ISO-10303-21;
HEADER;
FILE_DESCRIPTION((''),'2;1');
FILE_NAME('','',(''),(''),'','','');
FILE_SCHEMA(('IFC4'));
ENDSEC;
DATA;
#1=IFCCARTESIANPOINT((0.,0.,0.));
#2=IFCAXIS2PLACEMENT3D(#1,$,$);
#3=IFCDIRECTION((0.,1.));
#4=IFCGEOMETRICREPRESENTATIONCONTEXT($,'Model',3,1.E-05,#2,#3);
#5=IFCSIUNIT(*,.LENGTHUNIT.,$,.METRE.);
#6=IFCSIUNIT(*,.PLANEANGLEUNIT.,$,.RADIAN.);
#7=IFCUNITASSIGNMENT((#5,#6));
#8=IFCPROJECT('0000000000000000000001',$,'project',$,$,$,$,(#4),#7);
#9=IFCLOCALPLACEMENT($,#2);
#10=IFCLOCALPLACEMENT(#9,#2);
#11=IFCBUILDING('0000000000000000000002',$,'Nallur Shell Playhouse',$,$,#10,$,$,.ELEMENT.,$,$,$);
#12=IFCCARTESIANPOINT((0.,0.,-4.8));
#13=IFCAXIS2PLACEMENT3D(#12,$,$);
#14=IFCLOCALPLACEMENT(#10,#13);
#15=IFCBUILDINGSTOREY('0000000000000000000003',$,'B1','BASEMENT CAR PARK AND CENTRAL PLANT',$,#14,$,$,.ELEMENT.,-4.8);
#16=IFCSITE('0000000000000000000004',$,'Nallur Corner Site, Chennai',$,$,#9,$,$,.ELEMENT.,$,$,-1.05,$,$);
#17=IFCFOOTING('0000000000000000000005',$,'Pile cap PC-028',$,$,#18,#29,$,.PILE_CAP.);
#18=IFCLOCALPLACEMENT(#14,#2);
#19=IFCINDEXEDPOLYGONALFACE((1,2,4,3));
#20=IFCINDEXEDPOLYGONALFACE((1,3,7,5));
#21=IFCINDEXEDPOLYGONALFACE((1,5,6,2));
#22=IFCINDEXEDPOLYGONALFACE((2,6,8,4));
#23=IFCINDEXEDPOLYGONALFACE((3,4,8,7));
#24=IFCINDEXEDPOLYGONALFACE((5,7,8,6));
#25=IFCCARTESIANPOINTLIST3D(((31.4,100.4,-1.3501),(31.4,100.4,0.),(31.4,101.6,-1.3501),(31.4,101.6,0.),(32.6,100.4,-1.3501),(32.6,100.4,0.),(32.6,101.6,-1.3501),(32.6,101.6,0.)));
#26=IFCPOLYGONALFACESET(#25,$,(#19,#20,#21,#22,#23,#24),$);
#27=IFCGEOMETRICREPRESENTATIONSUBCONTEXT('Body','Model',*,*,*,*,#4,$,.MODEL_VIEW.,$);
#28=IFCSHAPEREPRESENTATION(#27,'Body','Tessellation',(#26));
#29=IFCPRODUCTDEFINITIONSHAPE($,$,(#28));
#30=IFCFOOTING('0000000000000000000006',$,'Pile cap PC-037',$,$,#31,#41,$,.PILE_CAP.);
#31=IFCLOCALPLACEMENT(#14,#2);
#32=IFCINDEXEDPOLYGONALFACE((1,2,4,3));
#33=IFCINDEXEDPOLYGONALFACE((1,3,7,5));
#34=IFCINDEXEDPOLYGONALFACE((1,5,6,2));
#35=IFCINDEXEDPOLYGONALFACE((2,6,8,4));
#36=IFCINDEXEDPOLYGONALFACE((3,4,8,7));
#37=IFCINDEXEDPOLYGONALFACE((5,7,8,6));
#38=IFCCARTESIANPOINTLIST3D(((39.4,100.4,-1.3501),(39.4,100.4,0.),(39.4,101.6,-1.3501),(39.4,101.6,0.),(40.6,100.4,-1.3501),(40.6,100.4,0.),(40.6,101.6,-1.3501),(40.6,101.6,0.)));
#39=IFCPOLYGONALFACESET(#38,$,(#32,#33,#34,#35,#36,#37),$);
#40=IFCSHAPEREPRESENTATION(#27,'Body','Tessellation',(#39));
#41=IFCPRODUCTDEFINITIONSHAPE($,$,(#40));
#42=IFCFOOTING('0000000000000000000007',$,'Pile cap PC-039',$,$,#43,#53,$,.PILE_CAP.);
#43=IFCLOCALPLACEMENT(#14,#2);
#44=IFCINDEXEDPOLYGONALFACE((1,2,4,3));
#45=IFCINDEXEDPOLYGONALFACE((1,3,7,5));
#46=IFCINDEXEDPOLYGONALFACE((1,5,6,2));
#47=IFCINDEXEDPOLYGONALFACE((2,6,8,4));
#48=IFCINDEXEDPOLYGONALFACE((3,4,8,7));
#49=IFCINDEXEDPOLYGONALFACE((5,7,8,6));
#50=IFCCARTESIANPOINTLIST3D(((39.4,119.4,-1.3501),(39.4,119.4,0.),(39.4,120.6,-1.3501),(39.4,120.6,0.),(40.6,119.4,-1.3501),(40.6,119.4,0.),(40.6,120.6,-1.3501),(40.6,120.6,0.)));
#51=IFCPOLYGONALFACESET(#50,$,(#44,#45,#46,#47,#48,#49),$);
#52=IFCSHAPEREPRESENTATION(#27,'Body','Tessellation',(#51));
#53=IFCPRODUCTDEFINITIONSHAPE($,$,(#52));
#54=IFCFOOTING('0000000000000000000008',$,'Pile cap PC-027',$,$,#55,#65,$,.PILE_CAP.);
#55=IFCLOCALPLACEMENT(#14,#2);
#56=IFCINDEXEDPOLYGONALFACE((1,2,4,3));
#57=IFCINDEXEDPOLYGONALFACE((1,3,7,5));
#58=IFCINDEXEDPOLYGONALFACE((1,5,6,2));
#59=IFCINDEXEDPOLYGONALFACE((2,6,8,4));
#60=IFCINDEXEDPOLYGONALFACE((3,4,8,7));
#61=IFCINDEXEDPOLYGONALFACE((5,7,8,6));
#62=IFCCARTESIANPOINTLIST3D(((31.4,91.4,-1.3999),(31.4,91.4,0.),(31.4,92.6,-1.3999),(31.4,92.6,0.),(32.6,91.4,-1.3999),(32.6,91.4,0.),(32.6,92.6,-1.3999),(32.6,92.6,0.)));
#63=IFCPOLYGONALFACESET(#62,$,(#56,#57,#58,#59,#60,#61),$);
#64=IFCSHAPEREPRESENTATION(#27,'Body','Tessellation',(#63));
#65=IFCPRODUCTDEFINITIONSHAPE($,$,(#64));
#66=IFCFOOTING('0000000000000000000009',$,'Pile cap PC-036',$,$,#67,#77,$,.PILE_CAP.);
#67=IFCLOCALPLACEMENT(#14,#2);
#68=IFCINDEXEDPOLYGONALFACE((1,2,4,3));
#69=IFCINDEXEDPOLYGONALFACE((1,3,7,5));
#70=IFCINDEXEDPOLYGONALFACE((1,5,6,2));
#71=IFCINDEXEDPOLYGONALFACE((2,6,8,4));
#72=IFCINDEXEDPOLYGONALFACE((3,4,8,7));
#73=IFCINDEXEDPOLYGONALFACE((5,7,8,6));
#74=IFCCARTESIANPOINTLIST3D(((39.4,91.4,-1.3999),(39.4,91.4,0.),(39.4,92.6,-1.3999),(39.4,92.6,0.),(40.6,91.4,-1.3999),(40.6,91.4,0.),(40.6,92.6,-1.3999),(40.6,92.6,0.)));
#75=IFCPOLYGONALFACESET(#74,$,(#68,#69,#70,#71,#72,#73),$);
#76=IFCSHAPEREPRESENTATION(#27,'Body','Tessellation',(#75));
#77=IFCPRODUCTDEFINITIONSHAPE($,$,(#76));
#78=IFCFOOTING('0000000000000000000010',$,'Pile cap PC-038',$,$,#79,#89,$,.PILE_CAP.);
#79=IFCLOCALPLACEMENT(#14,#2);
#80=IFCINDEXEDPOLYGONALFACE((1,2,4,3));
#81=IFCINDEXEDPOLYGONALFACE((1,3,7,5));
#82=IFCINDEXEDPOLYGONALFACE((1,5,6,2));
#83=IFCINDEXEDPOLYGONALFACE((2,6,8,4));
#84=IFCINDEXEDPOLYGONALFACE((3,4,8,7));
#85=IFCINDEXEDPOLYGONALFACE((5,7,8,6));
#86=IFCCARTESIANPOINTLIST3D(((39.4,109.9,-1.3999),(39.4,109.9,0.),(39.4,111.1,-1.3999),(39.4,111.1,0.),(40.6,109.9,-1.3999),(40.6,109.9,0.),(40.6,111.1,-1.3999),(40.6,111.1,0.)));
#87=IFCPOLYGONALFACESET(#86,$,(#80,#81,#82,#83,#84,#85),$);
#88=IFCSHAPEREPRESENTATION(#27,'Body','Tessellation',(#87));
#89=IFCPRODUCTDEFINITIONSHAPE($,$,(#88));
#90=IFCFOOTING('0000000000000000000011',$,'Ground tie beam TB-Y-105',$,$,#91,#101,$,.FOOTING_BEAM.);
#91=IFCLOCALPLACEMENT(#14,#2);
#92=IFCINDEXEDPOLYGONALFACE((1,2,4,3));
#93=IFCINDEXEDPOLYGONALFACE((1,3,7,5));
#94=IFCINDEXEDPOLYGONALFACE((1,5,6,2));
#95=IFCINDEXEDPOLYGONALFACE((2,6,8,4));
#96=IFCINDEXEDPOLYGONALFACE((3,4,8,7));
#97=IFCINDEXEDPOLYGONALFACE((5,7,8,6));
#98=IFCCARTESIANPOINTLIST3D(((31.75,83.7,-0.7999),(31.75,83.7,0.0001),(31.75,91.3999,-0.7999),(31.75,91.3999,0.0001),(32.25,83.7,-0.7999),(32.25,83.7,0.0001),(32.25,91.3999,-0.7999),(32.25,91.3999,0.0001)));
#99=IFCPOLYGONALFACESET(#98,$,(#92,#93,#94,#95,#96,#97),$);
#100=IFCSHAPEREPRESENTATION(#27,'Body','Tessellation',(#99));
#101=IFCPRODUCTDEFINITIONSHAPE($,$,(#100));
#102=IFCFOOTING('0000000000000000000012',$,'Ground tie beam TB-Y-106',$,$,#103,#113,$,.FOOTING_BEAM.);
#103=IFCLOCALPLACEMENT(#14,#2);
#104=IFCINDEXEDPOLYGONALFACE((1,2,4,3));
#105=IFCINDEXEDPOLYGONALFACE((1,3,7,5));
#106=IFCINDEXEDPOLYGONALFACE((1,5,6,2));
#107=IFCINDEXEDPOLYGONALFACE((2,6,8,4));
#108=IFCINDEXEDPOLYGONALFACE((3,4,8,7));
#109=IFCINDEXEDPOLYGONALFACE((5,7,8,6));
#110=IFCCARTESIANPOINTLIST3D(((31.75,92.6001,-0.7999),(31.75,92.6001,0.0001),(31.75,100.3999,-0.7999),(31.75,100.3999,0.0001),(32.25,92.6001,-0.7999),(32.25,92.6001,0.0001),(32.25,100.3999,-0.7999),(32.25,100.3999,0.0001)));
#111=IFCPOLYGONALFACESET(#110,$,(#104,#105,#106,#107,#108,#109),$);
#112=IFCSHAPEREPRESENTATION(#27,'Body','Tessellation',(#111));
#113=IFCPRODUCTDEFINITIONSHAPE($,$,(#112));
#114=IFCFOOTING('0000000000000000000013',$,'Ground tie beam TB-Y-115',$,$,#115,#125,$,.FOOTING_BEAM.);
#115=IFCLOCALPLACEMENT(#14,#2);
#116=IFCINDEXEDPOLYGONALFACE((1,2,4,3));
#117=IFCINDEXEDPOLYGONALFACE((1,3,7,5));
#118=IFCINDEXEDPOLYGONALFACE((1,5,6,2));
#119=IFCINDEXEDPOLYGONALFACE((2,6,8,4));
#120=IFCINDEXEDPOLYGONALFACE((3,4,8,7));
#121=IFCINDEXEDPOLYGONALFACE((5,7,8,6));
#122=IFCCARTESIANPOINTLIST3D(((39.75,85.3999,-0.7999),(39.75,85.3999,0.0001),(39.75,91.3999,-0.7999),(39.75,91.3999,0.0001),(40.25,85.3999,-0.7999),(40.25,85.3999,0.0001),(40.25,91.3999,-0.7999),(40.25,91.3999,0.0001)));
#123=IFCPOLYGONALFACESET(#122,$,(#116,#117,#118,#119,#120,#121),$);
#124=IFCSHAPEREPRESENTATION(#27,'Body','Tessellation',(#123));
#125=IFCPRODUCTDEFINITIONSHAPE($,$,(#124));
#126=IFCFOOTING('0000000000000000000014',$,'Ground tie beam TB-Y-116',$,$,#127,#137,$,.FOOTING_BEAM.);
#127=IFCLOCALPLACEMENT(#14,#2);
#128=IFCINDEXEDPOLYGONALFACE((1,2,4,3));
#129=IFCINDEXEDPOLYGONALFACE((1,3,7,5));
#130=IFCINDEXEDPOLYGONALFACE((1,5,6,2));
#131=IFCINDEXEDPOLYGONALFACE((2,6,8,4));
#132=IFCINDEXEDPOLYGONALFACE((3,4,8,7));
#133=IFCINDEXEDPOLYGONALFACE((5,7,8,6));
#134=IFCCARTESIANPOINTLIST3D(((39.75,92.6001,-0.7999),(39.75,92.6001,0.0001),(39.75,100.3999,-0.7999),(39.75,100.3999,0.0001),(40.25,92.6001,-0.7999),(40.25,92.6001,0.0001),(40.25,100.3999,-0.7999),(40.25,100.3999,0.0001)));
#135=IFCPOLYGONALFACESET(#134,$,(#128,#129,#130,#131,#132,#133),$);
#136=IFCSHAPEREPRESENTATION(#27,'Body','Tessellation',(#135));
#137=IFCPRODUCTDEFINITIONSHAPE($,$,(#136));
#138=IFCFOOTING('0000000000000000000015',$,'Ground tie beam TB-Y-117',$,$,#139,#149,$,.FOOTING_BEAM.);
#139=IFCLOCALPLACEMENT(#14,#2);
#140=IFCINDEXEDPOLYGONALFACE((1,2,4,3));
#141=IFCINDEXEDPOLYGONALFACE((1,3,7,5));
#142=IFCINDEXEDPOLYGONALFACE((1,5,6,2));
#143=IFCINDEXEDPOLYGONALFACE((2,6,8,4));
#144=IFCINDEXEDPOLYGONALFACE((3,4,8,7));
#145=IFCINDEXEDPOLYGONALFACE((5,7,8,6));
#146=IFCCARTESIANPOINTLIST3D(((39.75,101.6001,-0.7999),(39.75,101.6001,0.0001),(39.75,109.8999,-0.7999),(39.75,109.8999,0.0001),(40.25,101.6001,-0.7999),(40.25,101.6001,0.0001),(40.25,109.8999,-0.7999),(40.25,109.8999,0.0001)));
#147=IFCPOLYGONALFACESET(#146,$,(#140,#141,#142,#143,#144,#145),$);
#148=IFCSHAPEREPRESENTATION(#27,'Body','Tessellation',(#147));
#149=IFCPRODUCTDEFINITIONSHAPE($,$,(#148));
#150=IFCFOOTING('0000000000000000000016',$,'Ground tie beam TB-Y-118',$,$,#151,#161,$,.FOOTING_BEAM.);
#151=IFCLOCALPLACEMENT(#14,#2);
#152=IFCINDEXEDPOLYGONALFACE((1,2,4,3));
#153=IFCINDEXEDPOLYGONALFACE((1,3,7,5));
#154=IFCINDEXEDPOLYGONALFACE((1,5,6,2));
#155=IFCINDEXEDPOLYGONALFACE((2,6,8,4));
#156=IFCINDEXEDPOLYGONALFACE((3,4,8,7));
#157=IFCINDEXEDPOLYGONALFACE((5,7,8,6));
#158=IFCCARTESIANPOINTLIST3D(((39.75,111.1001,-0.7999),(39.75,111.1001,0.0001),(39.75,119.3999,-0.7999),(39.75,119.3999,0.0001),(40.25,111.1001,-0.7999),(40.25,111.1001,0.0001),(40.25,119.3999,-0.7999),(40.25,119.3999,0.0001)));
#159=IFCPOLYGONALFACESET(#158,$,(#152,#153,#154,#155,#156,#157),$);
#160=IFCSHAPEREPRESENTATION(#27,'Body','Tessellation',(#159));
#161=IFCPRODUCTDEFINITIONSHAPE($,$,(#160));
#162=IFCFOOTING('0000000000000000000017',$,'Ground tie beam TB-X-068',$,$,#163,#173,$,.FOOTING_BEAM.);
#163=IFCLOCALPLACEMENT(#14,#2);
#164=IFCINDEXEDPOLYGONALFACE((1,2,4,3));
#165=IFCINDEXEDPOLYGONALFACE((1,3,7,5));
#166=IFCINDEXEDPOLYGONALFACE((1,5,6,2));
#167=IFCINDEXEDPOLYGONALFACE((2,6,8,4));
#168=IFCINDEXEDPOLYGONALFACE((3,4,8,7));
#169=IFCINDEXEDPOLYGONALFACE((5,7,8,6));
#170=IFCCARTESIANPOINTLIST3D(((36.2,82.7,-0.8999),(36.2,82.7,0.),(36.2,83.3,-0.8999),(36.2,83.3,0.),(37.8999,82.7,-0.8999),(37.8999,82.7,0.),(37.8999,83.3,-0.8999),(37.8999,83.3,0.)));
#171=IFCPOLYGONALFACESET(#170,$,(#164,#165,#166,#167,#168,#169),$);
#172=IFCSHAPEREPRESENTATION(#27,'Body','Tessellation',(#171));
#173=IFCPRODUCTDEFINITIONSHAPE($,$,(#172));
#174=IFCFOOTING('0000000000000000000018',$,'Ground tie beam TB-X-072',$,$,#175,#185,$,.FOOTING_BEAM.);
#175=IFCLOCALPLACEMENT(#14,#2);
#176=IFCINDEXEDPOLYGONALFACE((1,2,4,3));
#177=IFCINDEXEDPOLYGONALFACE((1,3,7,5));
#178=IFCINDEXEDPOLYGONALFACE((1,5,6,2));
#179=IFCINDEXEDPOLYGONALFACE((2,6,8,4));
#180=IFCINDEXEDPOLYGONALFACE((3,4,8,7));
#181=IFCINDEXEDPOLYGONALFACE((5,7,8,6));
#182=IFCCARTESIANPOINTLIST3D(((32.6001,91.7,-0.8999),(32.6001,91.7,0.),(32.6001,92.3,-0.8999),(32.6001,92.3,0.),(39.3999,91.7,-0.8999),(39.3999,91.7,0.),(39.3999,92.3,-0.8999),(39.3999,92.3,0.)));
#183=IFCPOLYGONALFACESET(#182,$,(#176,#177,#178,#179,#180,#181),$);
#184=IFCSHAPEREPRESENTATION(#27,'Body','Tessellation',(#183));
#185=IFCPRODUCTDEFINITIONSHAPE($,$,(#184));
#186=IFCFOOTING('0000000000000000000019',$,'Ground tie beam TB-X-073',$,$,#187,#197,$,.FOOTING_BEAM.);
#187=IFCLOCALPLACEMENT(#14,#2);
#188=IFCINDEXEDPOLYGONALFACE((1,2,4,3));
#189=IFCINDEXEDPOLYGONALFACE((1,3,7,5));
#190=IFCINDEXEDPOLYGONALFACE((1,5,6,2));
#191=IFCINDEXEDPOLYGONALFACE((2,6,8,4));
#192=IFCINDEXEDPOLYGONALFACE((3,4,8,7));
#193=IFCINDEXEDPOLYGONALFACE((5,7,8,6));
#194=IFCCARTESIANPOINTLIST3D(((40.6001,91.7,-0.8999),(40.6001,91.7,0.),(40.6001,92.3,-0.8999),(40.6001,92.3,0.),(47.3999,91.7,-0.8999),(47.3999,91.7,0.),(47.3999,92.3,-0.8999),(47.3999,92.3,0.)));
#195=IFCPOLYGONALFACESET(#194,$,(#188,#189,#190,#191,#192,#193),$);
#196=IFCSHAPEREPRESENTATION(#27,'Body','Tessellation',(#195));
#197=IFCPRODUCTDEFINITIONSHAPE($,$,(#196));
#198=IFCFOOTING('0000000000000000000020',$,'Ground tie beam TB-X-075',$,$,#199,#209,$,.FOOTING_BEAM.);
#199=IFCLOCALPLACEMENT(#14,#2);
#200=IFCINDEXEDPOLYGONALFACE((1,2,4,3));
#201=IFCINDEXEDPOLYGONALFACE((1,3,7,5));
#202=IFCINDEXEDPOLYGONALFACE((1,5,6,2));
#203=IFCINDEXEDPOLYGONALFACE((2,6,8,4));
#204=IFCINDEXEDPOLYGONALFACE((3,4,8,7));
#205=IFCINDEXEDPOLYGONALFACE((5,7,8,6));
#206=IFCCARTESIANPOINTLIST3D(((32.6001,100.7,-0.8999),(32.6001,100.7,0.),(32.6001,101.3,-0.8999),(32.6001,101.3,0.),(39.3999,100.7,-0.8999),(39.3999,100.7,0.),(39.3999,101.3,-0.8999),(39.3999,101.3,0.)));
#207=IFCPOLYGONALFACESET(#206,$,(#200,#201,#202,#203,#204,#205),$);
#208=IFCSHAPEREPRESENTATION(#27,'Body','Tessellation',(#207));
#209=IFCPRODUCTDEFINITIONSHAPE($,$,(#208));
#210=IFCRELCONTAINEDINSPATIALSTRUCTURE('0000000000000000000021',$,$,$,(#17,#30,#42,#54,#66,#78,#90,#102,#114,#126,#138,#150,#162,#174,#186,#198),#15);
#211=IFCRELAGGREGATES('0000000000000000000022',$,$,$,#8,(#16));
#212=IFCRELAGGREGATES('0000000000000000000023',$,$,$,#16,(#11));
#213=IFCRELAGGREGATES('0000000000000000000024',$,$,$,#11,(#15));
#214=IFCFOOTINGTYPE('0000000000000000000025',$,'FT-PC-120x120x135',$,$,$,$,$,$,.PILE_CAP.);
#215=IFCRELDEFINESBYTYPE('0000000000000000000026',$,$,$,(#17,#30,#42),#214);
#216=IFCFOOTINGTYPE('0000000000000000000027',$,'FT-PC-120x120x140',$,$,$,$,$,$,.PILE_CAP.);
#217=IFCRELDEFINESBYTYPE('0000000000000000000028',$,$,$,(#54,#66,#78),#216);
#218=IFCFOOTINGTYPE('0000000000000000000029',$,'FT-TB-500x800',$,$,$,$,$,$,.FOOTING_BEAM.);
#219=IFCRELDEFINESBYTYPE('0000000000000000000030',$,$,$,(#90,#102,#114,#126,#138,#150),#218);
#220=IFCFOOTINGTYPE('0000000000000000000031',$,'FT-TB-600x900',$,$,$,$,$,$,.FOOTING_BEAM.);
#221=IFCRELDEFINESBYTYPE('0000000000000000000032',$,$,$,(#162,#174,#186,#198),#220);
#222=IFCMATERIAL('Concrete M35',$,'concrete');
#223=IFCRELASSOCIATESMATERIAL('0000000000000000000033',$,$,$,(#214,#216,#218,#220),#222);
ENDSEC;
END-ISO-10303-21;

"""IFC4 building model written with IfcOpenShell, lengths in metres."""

from ifc_helpers import new_model, si_unit, direction, frame, origin, origin_2d, place, context, subcontext, project, spatial, rectangle, extrude, material, material_profile, profile_set, type_object, element, save


model = new_model("IFC4")

# Units and contexts
model_context = context("Model", 3, precision=1e-05, world=origin(), true_north=direction((0.0, 1.0)))
body_context = subcontext(model_context, "Body", "Model", "MODEL_VIEW")
ifc_project = project(units=[si_unit("LENGTHUNIT", "METRE"), si_unit("PLANEANGLEUNIT", "RADIAN")], contexts=[model_context])

# Site, building, storey
site_placement = place(None, origin())
site = spatial("IfcSite", under=ifc_project, at=site_placement, Name="Nallur Corner Site, Chennai", CompositionType="ELEMENT", RefElevation=-1.05)
building_placement = place(site_placement, origin())
building = spatial("IfcBuilding", under=site, at=building_placement, Name="Nallur Shell Playhouse", CompositionType="ELEMENT")
storey_placement = place(building_placement, frame((0.0, 0.0, -4.8)))
storey = spatial("IfcBuildingStorey", under=building, at=storey_placement, Name="B1", Description="BASEMENT CAR PARK AND CENTRAL PLANT", CompositionType="ELEMENT", Elevation=-4.8)

# Footings
ifc_material = material(Name="Concrete M35", Category="concrete")
footing_type_1 = type_object("IfcFootingType", Name="FT-PC-120x120x135", PredefinedType="PILE_CAP", material=ifc_material)
for number, where, z_axis, x_axis, name in (
    (1, (32.0, 101.0, -1.3501), (0.0, 0.0, 1.0), (1.0, 0.0, 0.0), "Pile cap PC-028"),
    (2, (40.0, 101.0, -1.3501), (0.0, 0.0, 1.0), (1.0, 0.0, 0.0), "Pile cap PC-037"),
    (3, (40.0, 120.0, -1.3501), (0.0, 0.0, 1.0), (1.0, 0.0, 0.0), "Pile cap PC-039"),
):
    element("IfcFooting", number, at=place(storey_placement, frame(where, z_axis=z_axis, x_axis=x_axis)), inside=storey, type_object=footing_type_1, Name=name, PredefinedType="PILE_CAP", context=body_context, shape_type="SweptSolid", body=[
        extrude(rectangle(XDim=1.2, YDim=1.2, at=origin_2d()), origin(), (0.0, 0.0, 1.0), 1.3501),
    ])
footing_type_2 = type_object("IfcFootingType", Name="FT-PC-120x120x140", PredefinedType="PILE_CAP", material=ifc_material)
for number, where, z_axis, x_axis, name in (
    (4, (32.0, 92.0, -1.3999), (0.0, 0.0, 1.0), (1.0, 0.0, 0.0), "Pile cap PC-027"),
    (5, (40.0, 92.0, -1.3999), (0.0, 0.0, 1.0), (1.0, 0.0, 0.0), "Pile cap PC-036"),
    (6, (40.0, 110.5, -1.3999), (0.0, 0.0, 1.0), (1.0, 0.0, 0.0), "Pile cap PC-038"),
):
    element("IfcFooting", number, at=place(storey_placement, frame(where, z_axis=z_axis, x_axis=x_axis)), inside=storey, type_object=footing_type_2, Name=name, PredefinedType="PILE_CAP", context=body_context, shape_type="SweptSolid", body=[
        extrude(rectangle(XDim=1.2, YDim=1.2, at=origin_2d()), origin(), (0.0, 0.0, 1.0), 1.3999),
    ])
ifc_material_profile_1 = material_profile(ifc_material, rectangle(XDim=0.5, YDim=0.8, at=origin_2d()), Name="RC 500x800")
ifc_profile_set_1 = profile_set([ifc_material_profile_1], Name="Concrete M35")
footing_type_3 = type_object("IfcFootingType", Name="FT-TB-500x800", PredefinedType="FOOTING_BEAM", material=ifc_profile_set_1)
footing_1_placement = place(storey_placement, frame((32.0, 83.7, -0.3999), z_axis=(0.0, 1.0, 0.0), x_axis=(-1.0, 0.0, 0.0)))
element("IfcFooting", 7, at=footing_1_placement, inside=storey, type_object=footing_type_3, Name="Ground tie beam TB-Y-105", PredefinedType="FOOTING_BEAM", context=body_context, shape_type="SweptSolid", body=[
    extrude(rectangle(XDim=0.5, YDim=0.8, at=origin_2d()), origin(), (0.0, 0.0, 1.0), 7.7),
])
footing_2_placement = place(storey_placement, frame((32.0, 92.6001, -0.3999), z_axis=(0.0, 1.0, 0.0), x_axis=(-1.0, 0.0, 0.0)))
element("IfcFooting", 8, at=footing_2_placement, inside=storey, type_object=footing_type_3, Name="Ground tie beam TB-Y-106", PredefinedType="FOOTING_BEAM", context=body_context, shape_type="SweptSolid", body=[
    extrude(rectangle(XDim=0.5, YDim=0.8, at=origin_2d()), origin(), (0.0, 0.0, 1.0), 7.7998),
])
footing_3_placement = place(storey_placement, frame((40.0, 85.3999, -0.3999), z_axis=(0.0, 1.0, 0.0), x_axis=(-1.0, 0.0, 0.0)))
element("IfcFooting", 9, at=footing_3_placement, inside=storey, type_object=footing_type_3, Name="Ground tie beam TB-Y-115", PredefinedType="FOOTING_BEAM", context=body_context, shape_type="SweptSolid", body=[
    extrude(rectangle(XDim=0.5, YDim=0.8, at=origin_2d()), origin(), (0.0, 0.0, 1.0), 6.0),
])
footing_4_placement = place(storey_placement, frame((40.0, 92.6001, -0.3999), z_axis=(0.0, 1.0, 0.0), x_axis=(-1.0, 0.0, 0.0)))
element("IfcFooting", 10, at=footing_4_placement, inside=storey, type_object=footing_type_3, Name="Ground tie beam TB-Y-116", PredefinedType="FOOTING_BEAM", context=body_context, shape_type="SweptSolid", body=[
    extrude(rectangle(XDim=0.5, YDim=0.8, at=origin_2d()), origin(), (0.0, 0.0, 1.0), 7.7998),
])
for number, where, z_axis, x_axis, name in (
    (11, (40.0, 101.6001, -0.3999), (0.0, 1.0, 0.0), (-1.0, 0.0, 0.0), "Ground tie beam TB-Y-117"),
    (12, (40.0, 111.1001, -0.3999), (0.0, 1.0, 0.0), (-1.0, 0.0, 0.0), "Ground tie beam TB-Y-118"),
):
    element("IfcFooting", number, at=place(storey_placement, frame(where, z_axis=z_axis, x_axis=x_axis)), inside=storey, type_object=footing_type_3, Name=name, PredefinedType="FOOTING_BEAM", context=body_context, shape_type="SweptSolid", body=[
        extrude(rectangle(XDim=0.5, YDim=0.8, at=origin_2d()), origin(), (0.0, 0.0, 1.0), 8.2998),
    ])
ifc_material_profile_2 = material_profile(ifc_material, rectangle(XDim=0.6001, YDim=0.8999, at=origin_2d()), Name="RC 600x900")
ifc_profile_set_2 = profile_set([ifc_material_profile_2], Name="Concrete M35")
footing_type_4 = type_object("IfcFootingType", Name="FT-TB-600x900", PredefinedType="FOOTING_BEAM", material=ifc_profile_set_2)
footing_5_placement = place(storey_placement, frame((36.2, 83.0, -0.45), z_axis=(1.0, 0.0, 0.0), x_axis=(0.0, 1.0, 0.0)))
element("IfcFooting", 13, at=footing_5_placement, inside=storey, type_object=footing_type_4, Name="Ground tie beam TB-X-068", PredefinedType="FOOTING_BEAM", context=body_context, shape_type="SweptSolid", body=[
    extrude(rectangle(XDim=0.6001, YDim=0.8999, at=origin_2d()), origin(), (0.0, 0.0, 1.0), 1.7),
])
for number, where, z_axis, x_axis, name in (
    (14, (32.6001, 92.0, -0.45), (1.0, 0.0, 0.0), (0.0, 1.0, 0.0), "Ground tie beam TB-X-072"),
    (15, (40.6001, 92.0, -0.45), (1.0, 0.0, 0.0), (0.0, 1.0, 0.0), "Ground tie beam TB-X-073"),
    (16, (32.6001, 101.0, -0.45), (1.0, 0.0, 0.0), (0.0, 1.0, 0.0), "Ground tie beam TB-X-075"),
):
    element("IfcFooting", number, at=place(storey_placement, frame(where, z_axis=z_axis, x_axis=x_axis)), inside=storey, type_object=footing_type_4, Name=name, PredefinedType="FOOTING_BEAM", context=body_context, shape_type="SweptSolid", body=[
        extrude(rectangle(XDim=0.6001, YDim=0.8999, at=origin_2d()), origin(), (0.0, 0.0, 1.0), 6.7998),
    ])

save(model, "model.ifc")
